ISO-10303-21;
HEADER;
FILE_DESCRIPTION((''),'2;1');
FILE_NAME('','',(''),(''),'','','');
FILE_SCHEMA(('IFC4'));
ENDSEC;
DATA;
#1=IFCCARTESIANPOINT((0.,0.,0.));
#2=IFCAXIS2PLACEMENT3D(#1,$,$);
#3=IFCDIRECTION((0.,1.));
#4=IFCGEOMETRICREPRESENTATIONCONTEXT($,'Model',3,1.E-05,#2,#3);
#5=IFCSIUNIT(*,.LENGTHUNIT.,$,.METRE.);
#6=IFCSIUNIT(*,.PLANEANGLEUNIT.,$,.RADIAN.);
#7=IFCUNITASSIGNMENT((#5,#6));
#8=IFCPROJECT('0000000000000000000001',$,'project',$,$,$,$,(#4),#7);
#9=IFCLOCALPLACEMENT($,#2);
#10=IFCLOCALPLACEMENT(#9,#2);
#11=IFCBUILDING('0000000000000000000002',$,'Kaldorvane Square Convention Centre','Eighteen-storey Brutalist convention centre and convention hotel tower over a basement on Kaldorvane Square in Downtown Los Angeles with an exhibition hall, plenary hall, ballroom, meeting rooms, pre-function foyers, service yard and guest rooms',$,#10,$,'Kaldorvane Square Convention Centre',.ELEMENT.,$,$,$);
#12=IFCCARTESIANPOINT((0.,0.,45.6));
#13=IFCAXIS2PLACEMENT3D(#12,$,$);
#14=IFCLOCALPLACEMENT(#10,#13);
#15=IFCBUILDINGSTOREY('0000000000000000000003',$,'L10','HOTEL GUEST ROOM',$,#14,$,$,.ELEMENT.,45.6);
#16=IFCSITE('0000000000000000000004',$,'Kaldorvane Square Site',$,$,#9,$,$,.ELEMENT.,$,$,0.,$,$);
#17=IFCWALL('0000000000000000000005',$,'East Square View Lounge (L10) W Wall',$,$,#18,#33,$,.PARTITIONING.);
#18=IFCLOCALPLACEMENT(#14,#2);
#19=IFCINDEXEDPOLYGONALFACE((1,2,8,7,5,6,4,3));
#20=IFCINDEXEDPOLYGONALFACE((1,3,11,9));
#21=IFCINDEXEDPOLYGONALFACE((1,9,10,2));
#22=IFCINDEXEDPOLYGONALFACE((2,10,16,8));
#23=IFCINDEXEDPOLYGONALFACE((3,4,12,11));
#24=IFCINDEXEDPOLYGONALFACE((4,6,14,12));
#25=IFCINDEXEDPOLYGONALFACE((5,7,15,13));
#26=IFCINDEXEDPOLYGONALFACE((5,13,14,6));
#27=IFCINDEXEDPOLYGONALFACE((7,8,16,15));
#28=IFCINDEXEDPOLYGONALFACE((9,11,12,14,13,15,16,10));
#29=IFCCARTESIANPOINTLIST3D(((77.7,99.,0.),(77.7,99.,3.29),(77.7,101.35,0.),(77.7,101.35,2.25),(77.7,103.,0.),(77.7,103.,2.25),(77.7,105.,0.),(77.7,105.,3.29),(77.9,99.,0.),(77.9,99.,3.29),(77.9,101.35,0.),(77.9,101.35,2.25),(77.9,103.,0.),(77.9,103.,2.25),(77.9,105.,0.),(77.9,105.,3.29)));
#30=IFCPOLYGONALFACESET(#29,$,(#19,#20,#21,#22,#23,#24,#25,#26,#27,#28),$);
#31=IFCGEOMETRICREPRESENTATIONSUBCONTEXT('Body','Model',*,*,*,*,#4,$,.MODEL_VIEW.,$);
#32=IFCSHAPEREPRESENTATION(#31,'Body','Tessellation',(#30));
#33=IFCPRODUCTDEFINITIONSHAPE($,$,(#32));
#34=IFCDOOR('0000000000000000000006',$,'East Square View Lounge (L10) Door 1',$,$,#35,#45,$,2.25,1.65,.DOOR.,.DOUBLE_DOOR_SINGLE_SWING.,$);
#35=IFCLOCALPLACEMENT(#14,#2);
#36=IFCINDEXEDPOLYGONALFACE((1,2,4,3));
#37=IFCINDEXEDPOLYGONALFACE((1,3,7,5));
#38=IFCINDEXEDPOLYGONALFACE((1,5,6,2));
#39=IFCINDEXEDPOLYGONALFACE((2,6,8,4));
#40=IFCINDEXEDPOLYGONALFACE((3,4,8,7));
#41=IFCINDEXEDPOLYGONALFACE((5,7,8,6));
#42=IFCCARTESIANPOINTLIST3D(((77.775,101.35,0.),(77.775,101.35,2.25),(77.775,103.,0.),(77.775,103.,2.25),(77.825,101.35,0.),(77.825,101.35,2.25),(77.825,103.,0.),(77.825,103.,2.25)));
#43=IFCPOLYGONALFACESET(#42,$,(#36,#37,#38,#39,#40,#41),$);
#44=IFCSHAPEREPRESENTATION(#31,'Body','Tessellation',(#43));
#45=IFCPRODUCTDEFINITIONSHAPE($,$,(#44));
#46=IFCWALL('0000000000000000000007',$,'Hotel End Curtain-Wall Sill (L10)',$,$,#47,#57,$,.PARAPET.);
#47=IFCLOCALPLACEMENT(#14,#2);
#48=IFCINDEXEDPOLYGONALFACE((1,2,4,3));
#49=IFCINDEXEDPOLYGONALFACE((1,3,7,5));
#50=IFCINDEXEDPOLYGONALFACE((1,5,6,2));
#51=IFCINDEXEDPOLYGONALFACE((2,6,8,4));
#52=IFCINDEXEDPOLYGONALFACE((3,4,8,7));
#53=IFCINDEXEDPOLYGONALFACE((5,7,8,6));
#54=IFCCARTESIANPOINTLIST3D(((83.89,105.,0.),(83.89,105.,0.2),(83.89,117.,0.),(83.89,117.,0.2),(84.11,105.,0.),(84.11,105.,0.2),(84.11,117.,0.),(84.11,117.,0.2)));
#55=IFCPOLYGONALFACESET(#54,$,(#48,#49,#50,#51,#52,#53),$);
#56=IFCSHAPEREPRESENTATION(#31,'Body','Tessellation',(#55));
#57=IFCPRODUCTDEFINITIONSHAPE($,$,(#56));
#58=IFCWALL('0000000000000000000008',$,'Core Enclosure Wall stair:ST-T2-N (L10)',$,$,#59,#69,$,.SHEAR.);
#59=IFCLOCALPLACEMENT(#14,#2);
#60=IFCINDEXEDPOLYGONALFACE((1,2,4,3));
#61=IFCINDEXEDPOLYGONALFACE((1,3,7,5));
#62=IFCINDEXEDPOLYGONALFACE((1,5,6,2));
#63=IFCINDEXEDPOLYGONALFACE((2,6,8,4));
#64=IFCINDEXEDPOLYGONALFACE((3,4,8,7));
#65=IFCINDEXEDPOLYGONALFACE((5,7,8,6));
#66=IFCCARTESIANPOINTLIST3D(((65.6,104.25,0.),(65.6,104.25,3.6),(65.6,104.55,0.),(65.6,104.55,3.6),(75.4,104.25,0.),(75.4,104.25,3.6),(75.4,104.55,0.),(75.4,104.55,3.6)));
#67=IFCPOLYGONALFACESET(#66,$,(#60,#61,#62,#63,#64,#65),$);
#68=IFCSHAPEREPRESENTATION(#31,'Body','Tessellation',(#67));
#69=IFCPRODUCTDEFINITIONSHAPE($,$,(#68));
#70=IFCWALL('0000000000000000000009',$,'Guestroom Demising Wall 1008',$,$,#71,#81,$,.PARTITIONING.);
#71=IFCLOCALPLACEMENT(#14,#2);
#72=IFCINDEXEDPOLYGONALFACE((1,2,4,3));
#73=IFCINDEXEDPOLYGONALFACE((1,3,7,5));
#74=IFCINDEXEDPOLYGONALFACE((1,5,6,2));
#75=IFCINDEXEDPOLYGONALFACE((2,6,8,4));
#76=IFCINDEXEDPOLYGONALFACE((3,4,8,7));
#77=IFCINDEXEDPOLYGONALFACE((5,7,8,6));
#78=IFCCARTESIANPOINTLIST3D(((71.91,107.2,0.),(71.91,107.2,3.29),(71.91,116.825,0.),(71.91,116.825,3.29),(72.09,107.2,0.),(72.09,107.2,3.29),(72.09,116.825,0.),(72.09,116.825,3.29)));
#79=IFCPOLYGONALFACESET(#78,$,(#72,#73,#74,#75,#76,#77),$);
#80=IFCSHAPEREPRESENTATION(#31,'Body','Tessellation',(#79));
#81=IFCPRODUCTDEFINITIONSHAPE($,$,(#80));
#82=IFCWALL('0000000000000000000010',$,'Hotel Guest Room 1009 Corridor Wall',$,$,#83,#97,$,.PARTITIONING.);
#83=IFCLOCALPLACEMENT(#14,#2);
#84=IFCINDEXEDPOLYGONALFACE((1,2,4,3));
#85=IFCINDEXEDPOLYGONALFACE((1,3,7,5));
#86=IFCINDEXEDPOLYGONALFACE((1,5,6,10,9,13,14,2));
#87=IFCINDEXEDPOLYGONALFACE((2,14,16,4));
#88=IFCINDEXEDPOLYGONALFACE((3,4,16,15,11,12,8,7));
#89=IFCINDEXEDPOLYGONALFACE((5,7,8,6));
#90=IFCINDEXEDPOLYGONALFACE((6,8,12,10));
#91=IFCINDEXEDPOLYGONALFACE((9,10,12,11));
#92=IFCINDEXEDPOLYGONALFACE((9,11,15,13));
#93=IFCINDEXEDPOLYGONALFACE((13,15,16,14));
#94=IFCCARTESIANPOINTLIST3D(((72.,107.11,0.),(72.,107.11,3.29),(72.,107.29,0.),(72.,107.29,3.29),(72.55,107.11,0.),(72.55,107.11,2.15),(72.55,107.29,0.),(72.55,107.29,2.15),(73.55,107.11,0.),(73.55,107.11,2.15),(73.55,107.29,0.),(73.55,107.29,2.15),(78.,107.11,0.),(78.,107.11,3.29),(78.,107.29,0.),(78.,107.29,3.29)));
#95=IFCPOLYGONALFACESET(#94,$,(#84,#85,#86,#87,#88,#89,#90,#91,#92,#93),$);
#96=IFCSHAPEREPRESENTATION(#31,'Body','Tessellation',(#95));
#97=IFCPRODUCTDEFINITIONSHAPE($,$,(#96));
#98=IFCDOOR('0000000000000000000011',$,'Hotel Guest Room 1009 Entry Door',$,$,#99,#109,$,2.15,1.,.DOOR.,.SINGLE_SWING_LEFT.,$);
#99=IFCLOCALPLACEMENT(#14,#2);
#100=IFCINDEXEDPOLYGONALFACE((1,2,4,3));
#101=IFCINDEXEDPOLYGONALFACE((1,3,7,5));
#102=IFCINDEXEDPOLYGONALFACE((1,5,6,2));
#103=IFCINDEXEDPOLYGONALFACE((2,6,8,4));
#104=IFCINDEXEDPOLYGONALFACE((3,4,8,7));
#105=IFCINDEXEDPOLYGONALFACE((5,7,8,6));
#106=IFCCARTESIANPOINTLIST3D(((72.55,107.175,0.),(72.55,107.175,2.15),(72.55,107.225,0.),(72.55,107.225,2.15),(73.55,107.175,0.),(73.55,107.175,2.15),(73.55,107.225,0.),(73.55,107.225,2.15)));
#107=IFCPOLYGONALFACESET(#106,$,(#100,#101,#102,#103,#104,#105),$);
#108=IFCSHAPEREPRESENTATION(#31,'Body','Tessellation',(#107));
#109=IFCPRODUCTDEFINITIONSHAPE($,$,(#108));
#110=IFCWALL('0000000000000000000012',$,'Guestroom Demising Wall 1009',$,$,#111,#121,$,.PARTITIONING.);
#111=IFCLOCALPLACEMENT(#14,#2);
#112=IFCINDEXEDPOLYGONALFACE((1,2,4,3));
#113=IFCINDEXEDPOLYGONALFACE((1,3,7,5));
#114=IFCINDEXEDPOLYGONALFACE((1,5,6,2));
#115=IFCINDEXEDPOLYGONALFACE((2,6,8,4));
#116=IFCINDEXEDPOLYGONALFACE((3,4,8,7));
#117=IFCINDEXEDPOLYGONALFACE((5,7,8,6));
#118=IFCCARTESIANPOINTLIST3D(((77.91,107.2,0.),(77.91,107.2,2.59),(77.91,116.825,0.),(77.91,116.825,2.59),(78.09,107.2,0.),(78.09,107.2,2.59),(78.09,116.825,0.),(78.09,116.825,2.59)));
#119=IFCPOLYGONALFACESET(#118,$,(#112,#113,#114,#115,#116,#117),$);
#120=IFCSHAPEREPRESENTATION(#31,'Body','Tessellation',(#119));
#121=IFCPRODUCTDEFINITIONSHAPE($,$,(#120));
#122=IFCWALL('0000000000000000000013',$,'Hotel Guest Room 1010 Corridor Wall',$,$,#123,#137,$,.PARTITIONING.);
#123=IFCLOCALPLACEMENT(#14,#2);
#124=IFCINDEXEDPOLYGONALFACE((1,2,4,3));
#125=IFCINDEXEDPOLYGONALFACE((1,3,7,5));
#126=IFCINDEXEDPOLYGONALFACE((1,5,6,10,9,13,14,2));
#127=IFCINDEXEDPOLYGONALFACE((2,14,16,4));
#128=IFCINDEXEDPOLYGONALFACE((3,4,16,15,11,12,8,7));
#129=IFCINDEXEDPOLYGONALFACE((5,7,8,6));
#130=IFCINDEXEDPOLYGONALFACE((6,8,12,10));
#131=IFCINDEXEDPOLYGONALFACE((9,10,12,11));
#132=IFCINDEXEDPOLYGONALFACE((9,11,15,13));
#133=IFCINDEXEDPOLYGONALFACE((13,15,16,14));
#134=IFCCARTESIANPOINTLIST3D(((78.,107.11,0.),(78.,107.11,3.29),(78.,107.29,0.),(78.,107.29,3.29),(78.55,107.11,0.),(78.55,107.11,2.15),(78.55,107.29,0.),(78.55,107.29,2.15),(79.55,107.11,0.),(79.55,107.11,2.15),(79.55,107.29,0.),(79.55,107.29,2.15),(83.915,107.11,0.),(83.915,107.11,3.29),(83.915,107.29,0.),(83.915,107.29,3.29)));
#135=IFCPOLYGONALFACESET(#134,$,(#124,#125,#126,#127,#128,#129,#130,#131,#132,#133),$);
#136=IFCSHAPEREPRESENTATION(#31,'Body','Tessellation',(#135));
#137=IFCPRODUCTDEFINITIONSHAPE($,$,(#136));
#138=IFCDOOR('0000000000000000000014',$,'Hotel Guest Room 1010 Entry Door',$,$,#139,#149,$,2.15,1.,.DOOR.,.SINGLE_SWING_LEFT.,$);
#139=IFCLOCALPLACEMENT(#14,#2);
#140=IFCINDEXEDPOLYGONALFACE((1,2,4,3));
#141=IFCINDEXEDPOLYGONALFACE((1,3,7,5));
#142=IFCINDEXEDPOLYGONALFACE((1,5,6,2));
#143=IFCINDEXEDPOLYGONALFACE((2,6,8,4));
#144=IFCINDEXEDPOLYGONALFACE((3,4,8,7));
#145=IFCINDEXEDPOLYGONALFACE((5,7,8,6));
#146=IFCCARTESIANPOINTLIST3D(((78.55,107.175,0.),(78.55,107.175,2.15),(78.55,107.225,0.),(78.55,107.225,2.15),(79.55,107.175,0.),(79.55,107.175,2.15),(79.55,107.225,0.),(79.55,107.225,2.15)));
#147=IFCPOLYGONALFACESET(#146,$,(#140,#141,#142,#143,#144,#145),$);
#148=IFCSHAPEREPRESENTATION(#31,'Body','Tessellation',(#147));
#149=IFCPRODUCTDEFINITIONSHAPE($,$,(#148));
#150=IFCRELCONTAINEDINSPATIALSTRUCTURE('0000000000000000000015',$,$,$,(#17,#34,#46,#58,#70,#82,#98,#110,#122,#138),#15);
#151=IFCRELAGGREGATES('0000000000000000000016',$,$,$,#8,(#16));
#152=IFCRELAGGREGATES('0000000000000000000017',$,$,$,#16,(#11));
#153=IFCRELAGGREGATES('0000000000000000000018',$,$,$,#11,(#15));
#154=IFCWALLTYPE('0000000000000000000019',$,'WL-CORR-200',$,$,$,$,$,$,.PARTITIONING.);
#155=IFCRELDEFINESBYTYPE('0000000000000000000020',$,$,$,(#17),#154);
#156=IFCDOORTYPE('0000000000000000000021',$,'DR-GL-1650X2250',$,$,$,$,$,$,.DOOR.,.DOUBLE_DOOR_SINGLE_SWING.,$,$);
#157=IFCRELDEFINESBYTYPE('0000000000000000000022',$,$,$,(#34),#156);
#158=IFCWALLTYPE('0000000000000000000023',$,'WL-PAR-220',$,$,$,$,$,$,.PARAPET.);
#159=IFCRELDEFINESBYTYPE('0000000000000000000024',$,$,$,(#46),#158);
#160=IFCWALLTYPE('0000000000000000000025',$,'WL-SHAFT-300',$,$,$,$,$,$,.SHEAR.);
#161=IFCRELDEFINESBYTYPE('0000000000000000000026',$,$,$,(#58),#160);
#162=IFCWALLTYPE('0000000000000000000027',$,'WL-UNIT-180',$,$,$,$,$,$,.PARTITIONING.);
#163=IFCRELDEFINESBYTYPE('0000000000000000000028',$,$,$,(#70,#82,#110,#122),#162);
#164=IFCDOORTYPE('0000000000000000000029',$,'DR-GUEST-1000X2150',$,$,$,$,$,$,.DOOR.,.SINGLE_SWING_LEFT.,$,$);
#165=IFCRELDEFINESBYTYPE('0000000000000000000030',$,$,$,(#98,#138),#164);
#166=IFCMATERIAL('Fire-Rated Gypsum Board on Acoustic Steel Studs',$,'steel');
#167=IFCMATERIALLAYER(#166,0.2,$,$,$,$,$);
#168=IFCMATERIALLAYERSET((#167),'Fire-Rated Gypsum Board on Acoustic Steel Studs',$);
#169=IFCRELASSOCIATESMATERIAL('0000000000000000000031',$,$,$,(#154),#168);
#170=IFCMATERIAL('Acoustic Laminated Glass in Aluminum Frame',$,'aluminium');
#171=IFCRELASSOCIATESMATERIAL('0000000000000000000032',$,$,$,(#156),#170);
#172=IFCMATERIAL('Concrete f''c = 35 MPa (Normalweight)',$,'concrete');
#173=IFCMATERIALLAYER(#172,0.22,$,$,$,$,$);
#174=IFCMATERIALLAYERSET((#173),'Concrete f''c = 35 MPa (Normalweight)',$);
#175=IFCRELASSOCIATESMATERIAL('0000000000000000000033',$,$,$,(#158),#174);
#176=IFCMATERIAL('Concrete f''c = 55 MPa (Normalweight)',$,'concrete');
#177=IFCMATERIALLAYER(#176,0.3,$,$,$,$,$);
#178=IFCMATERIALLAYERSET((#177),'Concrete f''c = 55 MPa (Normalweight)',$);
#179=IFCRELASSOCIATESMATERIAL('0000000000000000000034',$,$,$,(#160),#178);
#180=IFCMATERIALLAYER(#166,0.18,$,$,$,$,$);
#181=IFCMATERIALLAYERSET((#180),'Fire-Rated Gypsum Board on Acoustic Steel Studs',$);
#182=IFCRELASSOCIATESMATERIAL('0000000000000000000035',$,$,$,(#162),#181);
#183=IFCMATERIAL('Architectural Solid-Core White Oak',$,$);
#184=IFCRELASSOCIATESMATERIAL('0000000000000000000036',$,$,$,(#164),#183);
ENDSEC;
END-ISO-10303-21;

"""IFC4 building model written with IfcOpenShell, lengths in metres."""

from ifc_helpers import new_model, si_unit, direction, frame, frame_2d, origin, place, context, subcontext, project, spatial, rectangle, extrude, material, layer, layer_set, type_object, element, fill, save


model = new_model("IFC4")

# Units and contexts
model_context = context("Model", 3, precision=1e-05, world=origin(), true_north=direction((0.0, 1.0)))
body_context = subcontext(model_context, "Body", "Model", "MODEL_VIEW")
ifc_project = project(units=[si_unit("LENGTHUNIT", "METRE"), si_unit("PLANEANGLEUNIT", "RADIAN")], contexts=[model_context])

# Site, building, storey
site_placement = place(None, origin())
site = spatial("IfcSite", under=ifc_project, at=site_placement, Name="Kaldorvane Square Site", CompositionType="ELEMENT", RefElevation=0.0)
building_placement = place(site_placement, origin())
building = spatial("IfcBuilding", under=site, at=building_placement, Name="Kaldorvane Square Convention Centre", Description="Eighteen-storey Brutalist convention centre and convention hotel tower over a basement on Kaldorvane Square in Downtown Los Angeles with an exhibition hall, plenary hall, ballroom, meeting rooms, pre-function foyers, service yard and guest rooms", LongName="Kaldorvane Square Convention Centre", CompositionType="ELEMENT")
storey_placement = place(building_placement, frame((0.0, 0.0, 45.6)))
storey = spatial("IfcBuildingStorey", under=building, at=storey_placement, Name="L10", Description="HOTEL GUEST ROOM", CompositionType="ELEMENT", Elevation=45.6)

# Shared definitions
ifc_material_1 = material(Name="Fire-Rated Gypsum Board on Acoustic Steel Studs", Category="steel")
ifc_material_2 = material(Name="Architectural Solid-Core White Oak")

# Shared definitions
ifc_layer_1 = layer(ifc_material_1, 0.2)
ifc_layer_set_1 = layer_set([ifc_layer_1], Name="Fire-Rated Gypsum Board on Acoustic Steel Studs")
wall_type_1 = type_object("IfcWallType", Name="WL-CORR-200", PredefinedType="PARTITIONING", material=ifc_layer_set_1)

# Wall, opening, door
wall_1_placement = place(storey_placement, frame((77.8, 105.0, 0.0), z_axis=(0.0, 0.0, 1.0), x_axis=(0.0, -1.0, 0.0)))
wall_1 = element("IfcWall", 1, at=wall_1_placement, inside=storey, type_object=wall_type_1, Name="East Square View Lounge (L10) W Wall", PredefinedType="PARTITIONING", context=body_context, shape_type="SweptSolid", body=[
    extrude(rectangle(XDim=6.0, YDim=0.2, at=frame_2d((3.0, 0.0))), origin(), (0.0, 0.0, 1.0), 3.29),
])
opening_1_placement = place(wall_1_placement, frame((2.0, 0.0, 0.0)))
opening_1 = element("IfcOpeningElement", 2, at=opening_1_placement, cuts=wall_1, PredefinedType="OPENING", context=body_context, shape_type="SweptSolid", body=[
    extrude(rectangle(XDim=1.65, YDim=2.25, at=frame_2d((0.825, 1.125))), frame((0.0, 0.115, 0.0), z_axis=(0.0, -1.0, 0.0), x_axis=(1.0, 0.0, 0.0)), (0.0, 0.0, 1.0), 0.23),
])
ifc_material_3 = material(Name="Acoustic Laminated Glass in Aluminum Frame", Category="aluminium")
door_type_1 = type_object("IfcDoorType", Name="DR-GL-1650X2250", OperationType="DOUBLE_DOOR_SINGLE_SWING", PredefinedType="DOOR", material=ifc_material_3)
door_1_placement = place(opening_1_placement, origin())
door_1 = element("IfcDoor", 3, at=door_1_placement, inside=storey, type_object=door_type_1, Name="East Square View Lounge (L10) Door 1", OperationType="DOUBLE_DOOR_SINGLE_SWING", OverallHeight=2.25, OverallWidth=1.65, PredefinedType="DOOR", context=body_context, shape_type="SweptSolid", body=[
    extrude(rectangle(XDim=1.65, YDim=2.25, at=frame_2d((0.825, 1.125))), frame((0.0, 0.025, 0.0), z_axis=(0.0, -1.0, 0.0), x_axis=(1.0, 0.0, 0.0)), (0.0, 0.0, 1.0), 0.05),
])
fill(opening_1, door_1)

# Walls
ifc_material_4 = material(Name="Concrete f'c = 35 MPa (Normalweight)", Category="concrete")
ifc_layer_2 = layer(ifc_material_4, 0.22)
ifc_layer_set_2 = layer_set([ifc_layer_2], Name="Concrete f'c = 35 MPa (Normalweight)")
wall_type_2 = type_object("IfcWallType", Name="WL-PAR-220", PredefinedType="PARAPET", material=ifc_layer_set_2)
wall_2_placement = place(storey_placement, frame((84.0, 105.0, 0.0), z_axis=(0.0, 0.0, 1.0), x_axis=(0.0, 1.0, 0.0)))
element("IfcWall", 4, at=wall_2_placement, inside=storey, type_object=wall_type_2, Name="Hotel End Curtain-Wall Sill (L10)", PredefinedType="PARAPET", context=body_context, shape_type="SweptSolid", body=[
    extrude(rectangle(XDim=12.0, YDim=0.22, at=frame_2d((6.0, 0.0))), origin(), (0.0, 0.0, 1.0), 0.2),
])
ifc_material_5 = material(Name="Concrete f'c = 55 MPa (Normalweight)", Category="concrete")
ifc_layer_3 = layer(ifc_material_5, 0.3)
ifc_layer_set_3 = layer_set([ifc_layer_3], Name="Concrete f'c = 55 MPa (Normalweight)")
wall_type_3 = type_object("IfcWallType", Name="WL-SHAFT-300", PredefinedType="SHEAR", material=ifc_layer_set_3)
wall_3_placement = place(storey_placement, frame((75.4, 104.4, 0.0), z_axis=(0.0, 0.0, 1.0), x_axis=(-1.0, 0.0, 0.0)))
element("IfcWall", 5, at=wall_3_placement, inside=storey, type_object=wall_type_3, Name="Core Enclosure Wall stair:ST-T2-N (L10)", PredefinedType="SHEAR", context=body_context, shape_type="SweptSolid", body=[
    extrude(rectangle(XDim=9.8, YDim=0.3, at=frame_2d((4.9, 0.0))), origin(), (0.0, 0.0, 1.0), 3.6),
])
ifc_layer_4 = layer(ifc_material_1, 0.18)
ifc_layer_set_4 = layer_set([ifc_layer_4], Name="Fire-Rated Gypsum Board on Acoustic Steel Studs")
wall_type_4 = type_object("IfcWallType", Name="WL-UNIT-180", PredefinedType="PARTITIONING", material=ifc_layer_set_4)
wall_4_placement = place(storey_placement, frame((72.0, 107.2, 0.0), z_axis=(0.0, 0.0, 1.0), x_axis=(0.0, 1.0, 0.0)))
element("IfcWall", 6, at=wall_4_placement, inside=storey, type_object=wall_type_4, Name="Guestroom Demising Wall 1008", PredefinedType="PARTITIONING", context=body_context, shape_type="SweptSolid", body=[
    extrude(rectangle(XDim=9.625, YDim=0.18, at=frame_2d((4.8125, 0.0))), origin(), (0.0, 0.0, 1.0), 3.29),
])

# Wall, opening, door
wall_5_placement = place(storey_placement, frame((72.0, 107.2, 0.0), z_axis=(0.0, 0.0, 1.0), x_axis=(1.0, 0.0, 0.0)))
wall_5 = element("IfcWall", 7, at=wall_5_placement, inside=storey, type_object=wall_type_4, Name="Hotel Guest Room 1009 Corridor Wall", PredefinedType="PARTITIONING", context=body_context, shape_type="SweptSolid", body=[
    extrude(rectangle(XDim=6.0, YDim=0.18, at=frame_2d((3.0, 0.0))), origin(), (0.0, 0.0, 1.0), 3.29),
])
opening_2_placement = place(wall_5_placement, frame((0.55, 0.0, 0.0)))
opening_2 = element("IfcOpeningElement", 8, at=opening_2_placement, cuts=wall_5, PredefinedType="OPENING", context=body_context, shape_type="SweptSolid", body=[
    extrude(rectangle(XDim=1.0, YDim=2.15, at=frame_2d((0.5, 1.075))), frame((0.0, 0.105, 0.0), z_axis=(0.0, -1.0, 0.0), x_axis=(1.0, 0.0, 0.0)), (0.0, 0.0, 1.0), 0.21),
])
door_type_2 = type_object("IfcDoorType", Name="DR-GUEST-1000X2150", OperationType="SINGLE_SWING_LEFT", PredefinedType="DOOR", material=ifc_material_2)
door_2_placement = place(opening_2_placement, origin())
door_2 = element("IfcDoor", 9, at=door_2_placement, inside=storey, type_object=door_type_2, Name="Hotel Guest Room 1009 Entry Door", OperationType="SINGLE_SWING_LEFT", OverallHeight=2.15, OverallWidth=1.0, PredefinedType="DOOR", context=body_context, shape_type="SweptSolid", body=[
    extrude(rectangle(XDim=1.0, YDim=2.15, at=frame_2d((0.5, 1.075))), frame((0.0, 0.025, 0.0), z_axis=(0.0, -1.0, 0.0), x_axis=(1.0, 0.0, 0.0)), (0.0, 0.0, 1.0), 0.05),
])
fill(opening_2, door_2)

# Wall
wall_6_placement = place(storey_placement, frame((78.0, 107.2, 0.0), z_axis=(0.0, 0.0, 1.0), x_axis=(0.0, 1.0, 0.0)))
element("IfcWall", 10, at=wall_6_placement, inside=storey, type_object=wall_type_4, Name="Guestroom Demising Wall 1009", PredefinedType="PARTITIONING", context=body_context, shape_type="SweptSolid", body=[
    extrude(rectangle(XDim=9.625, YDim=0.18, at=frame_2d((4.8125, 0.0))), origin(), (0.0, 0.0, 1.0), 2.59),
])

# Wall, opening, door
wall_7_placement = place(storey_placement, frame((78.0, 107.2, 0.0), z_axis=(0.0, 0.0, 1.0), x_axis=(1.0, 0.0, 0.0)))
wall_7 = element("IfcWall", 11, at=wall_7_placement, inside=storey, type_object=wall_type_4, Name="Hotel Guest Room 1010 Corridor Wall", PredefinedType="PARTITIONING", context=body_context, shape_type="SweptSolid", body=[
    extrude(rectangle(XDim=5.915, YDim=0.18, at=frame_2d((2.9575, 0.0))), origin(), (0.0, 0.0, 1.0), 3.29),
])
opening_3_placement = place(wall_7_placement, frame((0.55, 0.0, 0.0)))
opening_3 = element("IfcOpeningElement", 12, at=opening_3_placement, cuts=wall_7, PredefinedType="OPENING", context=body_context, shape_type="SweptSolid", body=[
    extrude(rectangle(XDim=1.0, YDim=2.15, at=frame_2d((0.5, 1.075))), frame((0.0, 0.105, 0.0), z_axis=(0.0, -1.0, 0.0), x_axis=(1.0, 0.0, 0.0)), (0.0, 0.0, 1.0), 0.21),
])
door_3_placement = place(opening_3_placement, origin())
door_3 = element("IfcDoor", 13, at=door_3_placement, inside=storey, type_object=door_type_2, Name="Hotel Guest Room 1010 Entry Door", OperationType="SINGLE_SWING_LEFT", OverallHeight=2.15, OverallWidth=1.0, PredefinedType="DOOR", context=body_context, shape_type="SweptSolid", body=[
    extrude(rectangle(XDim=1.0, YDim=2.15, at=frame_2d((0.5, 1.075))), frame((0.0, 0.025, 0.0), z_axis=(0.0, -1.0, 0.0), x_axis=(1.0, 0.0, 0.0)), (0.0, 0.0, 1.0), 0.05),
])
fill(opening_3, door_3)

save(model, "model.ifc")
